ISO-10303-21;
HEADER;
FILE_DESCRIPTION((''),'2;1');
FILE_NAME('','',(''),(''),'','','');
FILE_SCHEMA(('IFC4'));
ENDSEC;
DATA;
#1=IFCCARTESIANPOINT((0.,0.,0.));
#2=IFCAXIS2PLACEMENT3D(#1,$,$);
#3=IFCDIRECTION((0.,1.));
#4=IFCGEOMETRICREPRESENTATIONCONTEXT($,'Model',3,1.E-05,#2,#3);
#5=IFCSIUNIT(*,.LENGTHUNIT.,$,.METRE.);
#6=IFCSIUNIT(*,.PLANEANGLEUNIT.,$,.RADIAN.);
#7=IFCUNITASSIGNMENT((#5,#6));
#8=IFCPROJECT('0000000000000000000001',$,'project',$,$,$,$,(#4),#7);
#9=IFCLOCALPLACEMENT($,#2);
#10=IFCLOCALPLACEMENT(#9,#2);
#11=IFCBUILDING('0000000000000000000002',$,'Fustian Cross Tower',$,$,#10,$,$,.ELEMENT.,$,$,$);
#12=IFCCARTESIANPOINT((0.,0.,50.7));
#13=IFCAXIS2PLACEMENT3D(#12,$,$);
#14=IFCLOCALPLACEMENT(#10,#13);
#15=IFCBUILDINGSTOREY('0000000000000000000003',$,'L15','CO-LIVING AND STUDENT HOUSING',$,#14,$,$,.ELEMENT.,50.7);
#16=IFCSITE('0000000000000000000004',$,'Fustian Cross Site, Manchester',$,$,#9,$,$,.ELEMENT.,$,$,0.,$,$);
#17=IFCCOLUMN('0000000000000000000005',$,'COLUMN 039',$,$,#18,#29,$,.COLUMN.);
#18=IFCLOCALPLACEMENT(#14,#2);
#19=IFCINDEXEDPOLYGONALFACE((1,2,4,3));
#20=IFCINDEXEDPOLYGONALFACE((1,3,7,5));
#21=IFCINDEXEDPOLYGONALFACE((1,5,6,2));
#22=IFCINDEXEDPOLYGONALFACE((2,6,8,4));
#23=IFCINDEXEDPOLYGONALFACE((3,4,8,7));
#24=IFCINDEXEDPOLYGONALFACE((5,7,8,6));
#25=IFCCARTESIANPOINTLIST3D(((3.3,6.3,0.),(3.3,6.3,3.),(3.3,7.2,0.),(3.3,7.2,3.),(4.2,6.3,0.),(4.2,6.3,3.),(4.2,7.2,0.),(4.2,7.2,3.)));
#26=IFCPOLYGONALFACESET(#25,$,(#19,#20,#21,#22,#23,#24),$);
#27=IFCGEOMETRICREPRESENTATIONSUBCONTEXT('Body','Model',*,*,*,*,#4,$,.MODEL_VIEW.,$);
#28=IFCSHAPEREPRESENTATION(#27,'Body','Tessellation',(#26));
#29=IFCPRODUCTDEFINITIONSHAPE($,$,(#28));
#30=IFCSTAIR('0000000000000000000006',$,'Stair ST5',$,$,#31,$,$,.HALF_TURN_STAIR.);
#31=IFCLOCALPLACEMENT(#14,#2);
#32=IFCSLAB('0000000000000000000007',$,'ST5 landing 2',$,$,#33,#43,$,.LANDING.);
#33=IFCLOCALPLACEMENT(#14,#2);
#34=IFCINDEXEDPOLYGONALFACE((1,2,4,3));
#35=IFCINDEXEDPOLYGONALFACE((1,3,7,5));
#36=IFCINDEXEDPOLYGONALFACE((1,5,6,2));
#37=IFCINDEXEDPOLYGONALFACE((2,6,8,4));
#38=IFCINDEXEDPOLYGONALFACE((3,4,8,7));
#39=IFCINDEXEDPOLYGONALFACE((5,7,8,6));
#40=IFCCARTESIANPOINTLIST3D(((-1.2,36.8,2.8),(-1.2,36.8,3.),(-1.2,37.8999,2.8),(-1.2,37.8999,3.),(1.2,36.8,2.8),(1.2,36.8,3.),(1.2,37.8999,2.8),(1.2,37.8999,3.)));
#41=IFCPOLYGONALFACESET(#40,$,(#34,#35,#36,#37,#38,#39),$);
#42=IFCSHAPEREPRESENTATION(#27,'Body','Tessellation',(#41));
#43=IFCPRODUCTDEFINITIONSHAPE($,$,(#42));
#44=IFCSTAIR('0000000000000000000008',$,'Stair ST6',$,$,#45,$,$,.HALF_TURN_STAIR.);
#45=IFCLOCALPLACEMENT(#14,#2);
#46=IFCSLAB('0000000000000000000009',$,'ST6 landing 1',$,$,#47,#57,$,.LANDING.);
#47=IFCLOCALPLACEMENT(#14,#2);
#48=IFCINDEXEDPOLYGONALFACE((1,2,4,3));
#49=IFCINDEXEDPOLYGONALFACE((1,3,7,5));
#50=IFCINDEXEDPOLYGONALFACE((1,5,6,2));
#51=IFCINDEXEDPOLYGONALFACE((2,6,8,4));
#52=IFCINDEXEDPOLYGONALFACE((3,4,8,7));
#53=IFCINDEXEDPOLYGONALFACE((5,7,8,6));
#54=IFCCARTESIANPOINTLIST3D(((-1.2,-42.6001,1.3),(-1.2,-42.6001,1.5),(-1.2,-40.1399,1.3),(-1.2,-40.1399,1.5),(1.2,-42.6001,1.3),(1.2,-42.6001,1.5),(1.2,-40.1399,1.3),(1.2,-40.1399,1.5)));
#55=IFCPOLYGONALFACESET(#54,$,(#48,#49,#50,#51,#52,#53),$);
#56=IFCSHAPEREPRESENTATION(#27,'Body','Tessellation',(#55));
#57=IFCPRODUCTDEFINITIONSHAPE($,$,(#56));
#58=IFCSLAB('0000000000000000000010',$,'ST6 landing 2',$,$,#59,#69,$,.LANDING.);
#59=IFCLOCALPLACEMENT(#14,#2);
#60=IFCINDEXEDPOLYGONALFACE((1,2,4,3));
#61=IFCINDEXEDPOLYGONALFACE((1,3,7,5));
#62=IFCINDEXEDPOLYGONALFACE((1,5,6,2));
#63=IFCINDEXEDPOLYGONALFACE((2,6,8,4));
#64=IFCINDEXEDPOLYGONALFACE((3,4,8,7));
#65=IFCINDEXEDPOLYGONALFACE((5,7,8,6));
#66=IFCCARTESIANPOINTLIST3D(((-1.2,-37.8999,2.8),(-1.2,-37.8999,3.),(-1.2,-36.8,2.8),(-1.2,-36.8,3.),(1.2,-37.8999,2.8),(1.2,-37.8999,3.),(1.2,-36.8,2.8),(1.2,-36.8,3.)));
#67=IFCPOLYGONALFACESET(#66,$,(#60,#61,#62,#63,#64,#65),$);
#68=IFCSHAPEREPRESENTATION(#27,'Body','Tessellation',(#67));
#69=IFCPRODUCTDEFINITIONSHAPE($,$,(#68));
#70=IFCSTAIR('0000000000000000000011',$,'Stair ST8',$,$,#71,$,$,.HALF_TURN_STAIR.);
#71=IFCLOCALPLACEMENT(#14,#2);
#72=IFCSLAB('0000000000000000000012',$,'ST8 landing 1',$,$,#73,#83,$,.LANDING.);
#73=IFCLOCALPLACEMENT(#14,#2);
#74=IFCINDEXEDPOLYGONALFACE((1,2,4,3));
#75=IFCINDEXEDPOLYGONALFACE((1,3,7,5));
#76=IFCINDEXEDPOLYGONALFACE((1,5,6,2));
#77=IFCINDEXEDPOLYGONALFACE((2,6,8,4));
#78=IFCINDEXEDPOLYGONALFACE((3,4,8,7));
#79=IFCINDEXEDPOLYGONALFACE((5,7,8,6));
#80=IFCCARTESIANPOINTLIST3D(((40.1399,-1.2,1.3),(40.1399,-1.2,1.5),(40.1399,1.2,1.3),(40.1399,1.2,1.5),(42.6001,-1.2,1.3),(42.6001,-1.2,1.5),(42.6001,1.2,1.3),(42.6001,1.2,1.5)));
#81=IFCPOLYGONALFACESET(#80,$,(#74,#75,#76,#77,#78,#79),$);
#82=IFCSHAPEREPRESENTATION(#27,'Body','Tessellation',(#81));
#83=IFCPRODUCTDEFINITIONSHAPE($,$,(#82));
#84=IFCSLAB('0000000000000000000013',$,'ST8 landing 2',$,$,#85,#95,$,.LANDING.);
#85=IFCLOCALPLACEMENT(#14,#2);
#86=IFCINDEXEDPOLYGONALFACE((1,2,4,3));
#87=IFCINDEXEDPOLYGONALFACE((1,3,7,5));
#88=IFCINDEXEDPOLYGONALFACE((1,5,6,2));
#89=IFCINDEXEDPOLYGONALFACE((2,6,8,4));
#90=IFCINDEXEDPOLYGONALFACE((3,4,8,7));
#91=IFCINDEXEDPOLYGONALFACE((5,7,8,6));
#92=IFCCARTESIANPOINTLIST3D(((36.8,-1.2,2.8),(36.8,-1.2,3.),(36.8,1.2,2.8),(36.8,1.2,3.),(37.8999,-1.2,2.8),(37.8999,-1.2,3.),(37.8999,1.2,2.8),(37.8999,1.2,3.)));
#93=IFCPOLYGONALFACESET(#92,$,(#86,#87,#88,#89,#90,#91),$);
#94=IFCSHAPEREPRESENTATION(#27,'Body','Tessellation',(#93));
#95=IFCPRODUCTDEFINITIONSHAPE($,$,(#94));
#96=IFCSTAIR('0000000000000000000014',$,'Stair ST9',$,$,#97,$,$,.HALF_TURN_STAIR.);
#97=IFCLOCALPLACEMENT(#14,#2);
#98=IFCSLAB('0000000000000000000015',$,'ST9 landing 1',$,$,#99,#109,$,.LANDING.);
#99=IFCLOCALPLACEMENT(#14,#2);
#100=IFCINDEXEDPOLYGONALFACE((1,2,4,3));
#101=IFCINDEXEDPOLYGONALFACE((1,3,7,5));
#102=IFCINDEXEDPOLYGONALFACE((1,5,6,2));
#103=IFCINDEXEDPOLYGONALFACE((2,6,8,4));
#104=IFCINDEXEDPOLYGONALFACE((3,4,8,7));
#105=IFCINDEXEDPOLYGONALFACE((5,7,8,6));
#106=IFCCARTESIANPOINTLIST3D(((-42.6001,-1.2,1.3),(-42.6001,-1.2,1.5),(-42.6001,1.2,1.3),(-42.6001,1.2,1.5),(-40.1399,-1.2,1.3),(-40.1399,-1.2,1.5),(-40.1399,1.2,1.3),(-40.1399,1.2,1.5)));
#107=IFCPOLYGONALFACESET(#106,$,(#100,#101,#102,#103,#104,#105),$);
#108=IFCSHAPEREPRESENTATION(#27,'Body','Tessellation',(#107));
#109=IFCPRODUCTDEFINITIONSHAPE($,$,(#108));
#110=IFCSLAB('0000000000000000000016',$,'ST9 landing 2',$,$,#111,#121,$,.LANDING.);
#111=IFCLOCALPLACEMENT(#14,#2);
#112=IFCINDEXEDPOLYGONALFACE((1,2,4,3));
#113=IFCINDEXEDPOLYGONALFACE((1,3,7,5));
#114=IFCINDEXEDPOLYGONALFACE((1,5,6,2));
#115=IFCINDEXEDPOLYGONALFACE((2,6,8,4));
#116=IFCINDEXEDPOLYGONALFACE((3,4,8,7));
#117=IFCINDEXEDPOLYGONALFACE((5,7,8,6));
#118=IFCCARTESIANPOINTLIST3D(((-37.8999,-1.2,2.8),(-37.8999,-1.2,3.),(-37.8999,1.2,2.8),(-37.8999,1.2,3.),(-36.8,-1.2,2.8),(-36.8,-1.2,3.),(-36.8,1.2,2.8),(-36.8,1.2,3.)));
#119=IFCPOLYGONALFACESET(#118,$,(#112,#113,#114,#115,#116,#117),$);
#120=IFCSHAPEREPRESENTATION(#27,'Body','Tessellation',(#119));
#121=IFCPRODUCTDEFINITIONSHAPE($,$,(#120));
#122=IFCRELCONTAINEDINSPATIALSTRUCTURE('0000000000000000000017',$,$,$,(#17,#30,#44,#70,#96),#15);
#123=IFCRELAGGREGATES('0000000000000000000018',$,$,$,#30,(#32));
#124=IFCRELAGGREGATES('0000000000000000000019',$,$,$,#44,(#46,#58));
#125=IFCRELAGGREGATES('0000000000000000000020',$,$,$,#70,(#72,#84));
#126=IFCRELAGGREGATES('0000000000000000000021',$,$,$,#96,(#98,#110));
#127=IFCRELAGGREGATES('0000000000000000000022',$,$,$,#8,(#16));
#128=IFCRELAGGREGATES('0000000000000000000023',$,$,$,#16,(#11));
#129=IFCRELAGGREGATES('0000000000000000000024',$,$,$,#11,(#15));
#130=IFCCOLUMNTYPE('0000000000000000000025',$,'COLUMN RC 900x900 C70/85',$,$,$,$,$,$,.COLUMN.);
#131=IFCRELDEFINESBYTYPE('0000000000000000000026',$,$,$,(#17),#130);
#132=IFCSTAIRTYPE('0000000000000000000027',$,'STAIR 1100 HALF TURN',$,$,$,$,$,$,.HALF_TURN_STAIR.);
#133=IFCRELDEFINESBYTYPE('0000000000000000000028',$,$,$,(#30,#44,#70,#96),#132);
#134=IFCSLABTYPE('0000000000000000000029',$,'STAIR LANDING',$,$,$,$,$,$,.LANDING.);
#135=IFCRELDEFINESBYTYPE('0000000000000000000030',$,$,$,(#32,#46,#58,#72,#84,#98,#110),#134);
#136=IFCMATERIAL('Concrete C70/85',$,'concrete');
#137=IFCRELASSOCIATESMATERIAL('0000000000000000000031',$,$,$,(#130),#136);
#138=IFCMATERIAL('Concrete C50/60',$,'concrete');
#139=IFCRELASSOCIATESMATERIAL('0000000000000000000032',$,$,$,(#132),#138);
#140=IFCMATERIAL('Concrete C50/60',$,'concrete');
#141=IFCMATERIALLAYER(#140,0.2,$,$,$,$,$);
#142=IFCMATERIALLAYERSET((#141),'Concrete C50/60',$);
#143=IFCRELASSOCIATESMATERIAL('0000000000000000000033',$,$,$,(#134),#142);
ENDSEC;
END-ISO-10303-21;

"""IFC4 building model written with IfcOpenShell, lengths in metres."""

from ifc_helpers import new_model, si_unit, direction, frame, origin, origin_2d, place, context, subcontext, project, spatial, polyline, rectangle, outline, extrude, material, layer, layer_set, material_profile, profile_set, type_object, element, aggregate, save


model = new_model("IFC4")

# Units and contexts
model_context = context("Model", 3, precision=1e-05, world=origin(), true_north=direction((0.0, 1.0)))
body_context = subcontext(model_context, "Body", "Model", "MODEL_VIEW")
ifc_project = project(units=[si_unit("LENGTHUNIT", "METRE"), si_unit("PLANEANGLEUNIT", "RADIAN")], contexts=[model_context])

# Site, building, storey
site_placement = place(None, origin())
site = spatial("IfcSite", under=ifc_project, at=site_placement, Name="Fustian Cross Site, Manchester", CompositionType="ELEMENT", RefElevation=0.0)
building_placement = place(site_placement, origin())
building = spatial("IfcBuilding", under=site, at=building_placement, Name="Fustian Cross Tower", CompositionType="ELEMENT")
storey_placement = place(building_placement, frame((0.0, 0.0, 50.7)))
storey = spatial("IfcBuildingStorey", under=building, at=storey_placement, Name="L15", Description="CO-LIVING AND STUDENT HOUSING", CompositionType="ELEMENT", Elevation=50.7)

# Column
ifc_material_1 = material(Name="Concrete C70/85", Category="concrete")
ifc_material_profile = material_profile(ifc_material_1, rectangle(XDim=0.8999, YDim=0.8999, at=origin_2d()), Name="RC 900x900")
ifc_profile_set = profile_set([ifc_material_profile], Name="Concrete C70/85")
column_type = type_object("IfcColumnType", Name="COLUMN RC 900x900 C70/85", PredefinedType="COLUMN", material=ifc_profile_set)
column_placement = place(storey_placement, frame((3.75, 6.75, 0.0), z_axis=(0.0, 0.0, 1.0), x_axis=(1.0, 0.0, 0.0)))
element("IfcColumn", 1, at=column_placement, inside=storey, type_object=column_type, Name="COLUMN 039", PredefinedType="COLUMN", context=body_context, shape_type="SweptSolid", body=[
    extrude(rectangle(XDim=0.8999, YDim=0.8999, at=origin_2d()), origin(), (0.0, 0.0, 1.0), 3.0),
])

# Stair, slab
ifc_material_2 = material(Name="Concrete C50/60", Category="concrete")
stair_type = type_object("IfcStairType", Name="STAIR 1100 HALF TURN", PredefinedType="HALF_TURN_STAIR", material=ifc_material_2)
stair_1_placement = place(storey_placement, origin())
stair_1 = element("IfcStair", 2, at=stair_1_placement, inside=storey, type_object=stair_type, Name="Stair ST5", PredefinedType="HALF_TURN_STAIR")
ifc_material_3 = material(Name="Concrete C50/60", Category="concrete")
ifc_layer_1 = layer(ifc_material_3, 0.2)
ifc_layer_set_1 = layer_set([ifc_layer_1], Name="Concrete C50/60")
slab_type = type_object("IfcSlabType", Name="STAIR LANDING", PredefinedType="LANDING", material=ifc_layer_set_1)
slab_1_placement = place(storey_placement, frame((0.0, 0.0, 2.8)))
slab_1 = element("IfcSlab", 3, at=slab_1_placement, type_object=slab_type, Name="ST5 landing 2", PredefinedType="LANDING", context=body_context, shape_type="SweptSolid", body=[
    extrude(outline(polyline([(-1.2, 36.8), (-1.2, 37.8999), (1.2, 37.8999), (1.2, 36.8), (-1.2, 36.8)])), origin(), (0.0, 0.0, 1.0), 0.2),
])
aggregate(stair_1, [slab_1])

# Stairs, slabs
stair_2_placement = place(storey_placement, origin())
stair_2 = element("IfcStair", 4, at=stair_2_placement, inside=storey, type_object=stair_type, Name="Stair ST6", PredefinedType="HALF_TURN_STAIR")
slab_2_placement = place(storey_placement, frame((0.0, 0.0, 1.3)))
slab_2 = element("IfcSlab", 5, at=slab_2_placement, type_object=slab_type, Name="ST6 landing 1", PredefinedType="LANDING", context=body_context, shape_type="SweptSolid", body=[
    extrude(outline(polyline([(-1.2, -40.1399), (-1.2, -42.6001), (1.2, -42.6001), (1.2, -40.1399), (-1.2, -40.1399)])), origin(), (0.0, 0.0, 1.0), 0.2),
])
slab_3_placement = place(storey_placement, frame((0.0, 0.0, 2.8)))
slab_3 = element("IfcSlab", 6, at=slab_3_placement, type_object=slab_type, Name="ST6 landing 2", PredefinedType="LANDING", context=body_context, shape_type="SweptSolid", body=[
    extrude(outline(polyline([(-1.2, -36.8), (-1.2, -37.8999), (1.2, -37.8999), (1.2, -36.8), (-1.2, -36.8)])), origin(), (0.0, 0.0, 1.0), 0.2),
])
aggregate(stair_2, [slab_2, slab_3])
stair_3_placement = place(storey_placement, origin())
stair_3 = element("IfcStair", 7, at=stair_3_placement, inside=storey, type_object=stair_type, Name="Stair ST8", PredefinedType="HALF_TURN_STAIR")
slab_4_placement = place(storey_placement, frame((0.0, 0.0, 1.3)))
slab_4 = element("IfcSlab", 8, at=slab_4_placement, type_object=slab_type, Name="ST8 landing 1", PredefinedType="LANDING", context=body_context, shape_type="SweptSolid", body=[
    extrude(outline(polyline([(40.1399, -1.2), (42.6001, -1.2), (42.6001, 1.2), (40.1399, 1.2), (40.1399, -1.2)])), origin(), (0.0, 0.0, 1.0), 0.2),
])
slab_5_placement = place(storey_placement, frame((0.0, 0.0, 2.8)))
slab_5 = element("IfcSlab", 9, at=slab_5_placement, type_object=slab_type, Name="ST8 landing 2", PredefinedType="LANDING", context=body_context, shape_type="SweptSolid", body=[
    extrude(outline(polyline([(36.8, -1.2), (37.8999, -1.2), (37.8999, 1.2), (36.8, 1.2), (36.8, -1.2)])), origin(), (0.0, 0.0, 1.0), 0.2),
])
aggregate(stair_3, [slab_4, slab_5])
stair_4_placement = place(storey_placement, origin())
stair_4 = element("IfcStair", 10, at=stair_4_placement, inside=storey, type_object=stair_type, Name="Stair ST9", PredefinedType="HALF_TURN_STAIR")
slab_6_placement = place(storey_placement, frame((0.0, 0.0, 1.3)))
slab_6 = element("IfcSlab", 11, at=slab_6_placement, type_object=slab_type, Name="ST9 landing 1", PredefinedType="LANDING", context=body_context, shape_type="SweptSolid", body=[
    extrude(outline(polyline([(-40.1399, -1.2), (-42.6001, -1.2), (-42.6001, 1.2), (-40.1399, 1.2), (-40.1399, -1.2)])), origin(), (0.0, 0.0, 1.0), 0.2),
])
slab_7_placement = place(storey_placement, frame((0.0, 0.0, 2.8)))
slab_7 = element("IfcSlab", 12, at=slab_7_placement, type_object=slab_type, Name="ST9 landing 2", PredefinedType="LANDING", context=body_context, shape_type="SweptSolid", body=[
    extrude(outline(polyline([(-36.8, -1.2), (-37.8999, -1.2), (-37.8999, 1.2), (-36.8, 1.2), (-36.8, -1.2)])), origin(), (0.0, 0.0, 1.0), 0.2),
])
aggregate(stair_4, [slab_6, slab_7])

save(model, "model.ifc")
